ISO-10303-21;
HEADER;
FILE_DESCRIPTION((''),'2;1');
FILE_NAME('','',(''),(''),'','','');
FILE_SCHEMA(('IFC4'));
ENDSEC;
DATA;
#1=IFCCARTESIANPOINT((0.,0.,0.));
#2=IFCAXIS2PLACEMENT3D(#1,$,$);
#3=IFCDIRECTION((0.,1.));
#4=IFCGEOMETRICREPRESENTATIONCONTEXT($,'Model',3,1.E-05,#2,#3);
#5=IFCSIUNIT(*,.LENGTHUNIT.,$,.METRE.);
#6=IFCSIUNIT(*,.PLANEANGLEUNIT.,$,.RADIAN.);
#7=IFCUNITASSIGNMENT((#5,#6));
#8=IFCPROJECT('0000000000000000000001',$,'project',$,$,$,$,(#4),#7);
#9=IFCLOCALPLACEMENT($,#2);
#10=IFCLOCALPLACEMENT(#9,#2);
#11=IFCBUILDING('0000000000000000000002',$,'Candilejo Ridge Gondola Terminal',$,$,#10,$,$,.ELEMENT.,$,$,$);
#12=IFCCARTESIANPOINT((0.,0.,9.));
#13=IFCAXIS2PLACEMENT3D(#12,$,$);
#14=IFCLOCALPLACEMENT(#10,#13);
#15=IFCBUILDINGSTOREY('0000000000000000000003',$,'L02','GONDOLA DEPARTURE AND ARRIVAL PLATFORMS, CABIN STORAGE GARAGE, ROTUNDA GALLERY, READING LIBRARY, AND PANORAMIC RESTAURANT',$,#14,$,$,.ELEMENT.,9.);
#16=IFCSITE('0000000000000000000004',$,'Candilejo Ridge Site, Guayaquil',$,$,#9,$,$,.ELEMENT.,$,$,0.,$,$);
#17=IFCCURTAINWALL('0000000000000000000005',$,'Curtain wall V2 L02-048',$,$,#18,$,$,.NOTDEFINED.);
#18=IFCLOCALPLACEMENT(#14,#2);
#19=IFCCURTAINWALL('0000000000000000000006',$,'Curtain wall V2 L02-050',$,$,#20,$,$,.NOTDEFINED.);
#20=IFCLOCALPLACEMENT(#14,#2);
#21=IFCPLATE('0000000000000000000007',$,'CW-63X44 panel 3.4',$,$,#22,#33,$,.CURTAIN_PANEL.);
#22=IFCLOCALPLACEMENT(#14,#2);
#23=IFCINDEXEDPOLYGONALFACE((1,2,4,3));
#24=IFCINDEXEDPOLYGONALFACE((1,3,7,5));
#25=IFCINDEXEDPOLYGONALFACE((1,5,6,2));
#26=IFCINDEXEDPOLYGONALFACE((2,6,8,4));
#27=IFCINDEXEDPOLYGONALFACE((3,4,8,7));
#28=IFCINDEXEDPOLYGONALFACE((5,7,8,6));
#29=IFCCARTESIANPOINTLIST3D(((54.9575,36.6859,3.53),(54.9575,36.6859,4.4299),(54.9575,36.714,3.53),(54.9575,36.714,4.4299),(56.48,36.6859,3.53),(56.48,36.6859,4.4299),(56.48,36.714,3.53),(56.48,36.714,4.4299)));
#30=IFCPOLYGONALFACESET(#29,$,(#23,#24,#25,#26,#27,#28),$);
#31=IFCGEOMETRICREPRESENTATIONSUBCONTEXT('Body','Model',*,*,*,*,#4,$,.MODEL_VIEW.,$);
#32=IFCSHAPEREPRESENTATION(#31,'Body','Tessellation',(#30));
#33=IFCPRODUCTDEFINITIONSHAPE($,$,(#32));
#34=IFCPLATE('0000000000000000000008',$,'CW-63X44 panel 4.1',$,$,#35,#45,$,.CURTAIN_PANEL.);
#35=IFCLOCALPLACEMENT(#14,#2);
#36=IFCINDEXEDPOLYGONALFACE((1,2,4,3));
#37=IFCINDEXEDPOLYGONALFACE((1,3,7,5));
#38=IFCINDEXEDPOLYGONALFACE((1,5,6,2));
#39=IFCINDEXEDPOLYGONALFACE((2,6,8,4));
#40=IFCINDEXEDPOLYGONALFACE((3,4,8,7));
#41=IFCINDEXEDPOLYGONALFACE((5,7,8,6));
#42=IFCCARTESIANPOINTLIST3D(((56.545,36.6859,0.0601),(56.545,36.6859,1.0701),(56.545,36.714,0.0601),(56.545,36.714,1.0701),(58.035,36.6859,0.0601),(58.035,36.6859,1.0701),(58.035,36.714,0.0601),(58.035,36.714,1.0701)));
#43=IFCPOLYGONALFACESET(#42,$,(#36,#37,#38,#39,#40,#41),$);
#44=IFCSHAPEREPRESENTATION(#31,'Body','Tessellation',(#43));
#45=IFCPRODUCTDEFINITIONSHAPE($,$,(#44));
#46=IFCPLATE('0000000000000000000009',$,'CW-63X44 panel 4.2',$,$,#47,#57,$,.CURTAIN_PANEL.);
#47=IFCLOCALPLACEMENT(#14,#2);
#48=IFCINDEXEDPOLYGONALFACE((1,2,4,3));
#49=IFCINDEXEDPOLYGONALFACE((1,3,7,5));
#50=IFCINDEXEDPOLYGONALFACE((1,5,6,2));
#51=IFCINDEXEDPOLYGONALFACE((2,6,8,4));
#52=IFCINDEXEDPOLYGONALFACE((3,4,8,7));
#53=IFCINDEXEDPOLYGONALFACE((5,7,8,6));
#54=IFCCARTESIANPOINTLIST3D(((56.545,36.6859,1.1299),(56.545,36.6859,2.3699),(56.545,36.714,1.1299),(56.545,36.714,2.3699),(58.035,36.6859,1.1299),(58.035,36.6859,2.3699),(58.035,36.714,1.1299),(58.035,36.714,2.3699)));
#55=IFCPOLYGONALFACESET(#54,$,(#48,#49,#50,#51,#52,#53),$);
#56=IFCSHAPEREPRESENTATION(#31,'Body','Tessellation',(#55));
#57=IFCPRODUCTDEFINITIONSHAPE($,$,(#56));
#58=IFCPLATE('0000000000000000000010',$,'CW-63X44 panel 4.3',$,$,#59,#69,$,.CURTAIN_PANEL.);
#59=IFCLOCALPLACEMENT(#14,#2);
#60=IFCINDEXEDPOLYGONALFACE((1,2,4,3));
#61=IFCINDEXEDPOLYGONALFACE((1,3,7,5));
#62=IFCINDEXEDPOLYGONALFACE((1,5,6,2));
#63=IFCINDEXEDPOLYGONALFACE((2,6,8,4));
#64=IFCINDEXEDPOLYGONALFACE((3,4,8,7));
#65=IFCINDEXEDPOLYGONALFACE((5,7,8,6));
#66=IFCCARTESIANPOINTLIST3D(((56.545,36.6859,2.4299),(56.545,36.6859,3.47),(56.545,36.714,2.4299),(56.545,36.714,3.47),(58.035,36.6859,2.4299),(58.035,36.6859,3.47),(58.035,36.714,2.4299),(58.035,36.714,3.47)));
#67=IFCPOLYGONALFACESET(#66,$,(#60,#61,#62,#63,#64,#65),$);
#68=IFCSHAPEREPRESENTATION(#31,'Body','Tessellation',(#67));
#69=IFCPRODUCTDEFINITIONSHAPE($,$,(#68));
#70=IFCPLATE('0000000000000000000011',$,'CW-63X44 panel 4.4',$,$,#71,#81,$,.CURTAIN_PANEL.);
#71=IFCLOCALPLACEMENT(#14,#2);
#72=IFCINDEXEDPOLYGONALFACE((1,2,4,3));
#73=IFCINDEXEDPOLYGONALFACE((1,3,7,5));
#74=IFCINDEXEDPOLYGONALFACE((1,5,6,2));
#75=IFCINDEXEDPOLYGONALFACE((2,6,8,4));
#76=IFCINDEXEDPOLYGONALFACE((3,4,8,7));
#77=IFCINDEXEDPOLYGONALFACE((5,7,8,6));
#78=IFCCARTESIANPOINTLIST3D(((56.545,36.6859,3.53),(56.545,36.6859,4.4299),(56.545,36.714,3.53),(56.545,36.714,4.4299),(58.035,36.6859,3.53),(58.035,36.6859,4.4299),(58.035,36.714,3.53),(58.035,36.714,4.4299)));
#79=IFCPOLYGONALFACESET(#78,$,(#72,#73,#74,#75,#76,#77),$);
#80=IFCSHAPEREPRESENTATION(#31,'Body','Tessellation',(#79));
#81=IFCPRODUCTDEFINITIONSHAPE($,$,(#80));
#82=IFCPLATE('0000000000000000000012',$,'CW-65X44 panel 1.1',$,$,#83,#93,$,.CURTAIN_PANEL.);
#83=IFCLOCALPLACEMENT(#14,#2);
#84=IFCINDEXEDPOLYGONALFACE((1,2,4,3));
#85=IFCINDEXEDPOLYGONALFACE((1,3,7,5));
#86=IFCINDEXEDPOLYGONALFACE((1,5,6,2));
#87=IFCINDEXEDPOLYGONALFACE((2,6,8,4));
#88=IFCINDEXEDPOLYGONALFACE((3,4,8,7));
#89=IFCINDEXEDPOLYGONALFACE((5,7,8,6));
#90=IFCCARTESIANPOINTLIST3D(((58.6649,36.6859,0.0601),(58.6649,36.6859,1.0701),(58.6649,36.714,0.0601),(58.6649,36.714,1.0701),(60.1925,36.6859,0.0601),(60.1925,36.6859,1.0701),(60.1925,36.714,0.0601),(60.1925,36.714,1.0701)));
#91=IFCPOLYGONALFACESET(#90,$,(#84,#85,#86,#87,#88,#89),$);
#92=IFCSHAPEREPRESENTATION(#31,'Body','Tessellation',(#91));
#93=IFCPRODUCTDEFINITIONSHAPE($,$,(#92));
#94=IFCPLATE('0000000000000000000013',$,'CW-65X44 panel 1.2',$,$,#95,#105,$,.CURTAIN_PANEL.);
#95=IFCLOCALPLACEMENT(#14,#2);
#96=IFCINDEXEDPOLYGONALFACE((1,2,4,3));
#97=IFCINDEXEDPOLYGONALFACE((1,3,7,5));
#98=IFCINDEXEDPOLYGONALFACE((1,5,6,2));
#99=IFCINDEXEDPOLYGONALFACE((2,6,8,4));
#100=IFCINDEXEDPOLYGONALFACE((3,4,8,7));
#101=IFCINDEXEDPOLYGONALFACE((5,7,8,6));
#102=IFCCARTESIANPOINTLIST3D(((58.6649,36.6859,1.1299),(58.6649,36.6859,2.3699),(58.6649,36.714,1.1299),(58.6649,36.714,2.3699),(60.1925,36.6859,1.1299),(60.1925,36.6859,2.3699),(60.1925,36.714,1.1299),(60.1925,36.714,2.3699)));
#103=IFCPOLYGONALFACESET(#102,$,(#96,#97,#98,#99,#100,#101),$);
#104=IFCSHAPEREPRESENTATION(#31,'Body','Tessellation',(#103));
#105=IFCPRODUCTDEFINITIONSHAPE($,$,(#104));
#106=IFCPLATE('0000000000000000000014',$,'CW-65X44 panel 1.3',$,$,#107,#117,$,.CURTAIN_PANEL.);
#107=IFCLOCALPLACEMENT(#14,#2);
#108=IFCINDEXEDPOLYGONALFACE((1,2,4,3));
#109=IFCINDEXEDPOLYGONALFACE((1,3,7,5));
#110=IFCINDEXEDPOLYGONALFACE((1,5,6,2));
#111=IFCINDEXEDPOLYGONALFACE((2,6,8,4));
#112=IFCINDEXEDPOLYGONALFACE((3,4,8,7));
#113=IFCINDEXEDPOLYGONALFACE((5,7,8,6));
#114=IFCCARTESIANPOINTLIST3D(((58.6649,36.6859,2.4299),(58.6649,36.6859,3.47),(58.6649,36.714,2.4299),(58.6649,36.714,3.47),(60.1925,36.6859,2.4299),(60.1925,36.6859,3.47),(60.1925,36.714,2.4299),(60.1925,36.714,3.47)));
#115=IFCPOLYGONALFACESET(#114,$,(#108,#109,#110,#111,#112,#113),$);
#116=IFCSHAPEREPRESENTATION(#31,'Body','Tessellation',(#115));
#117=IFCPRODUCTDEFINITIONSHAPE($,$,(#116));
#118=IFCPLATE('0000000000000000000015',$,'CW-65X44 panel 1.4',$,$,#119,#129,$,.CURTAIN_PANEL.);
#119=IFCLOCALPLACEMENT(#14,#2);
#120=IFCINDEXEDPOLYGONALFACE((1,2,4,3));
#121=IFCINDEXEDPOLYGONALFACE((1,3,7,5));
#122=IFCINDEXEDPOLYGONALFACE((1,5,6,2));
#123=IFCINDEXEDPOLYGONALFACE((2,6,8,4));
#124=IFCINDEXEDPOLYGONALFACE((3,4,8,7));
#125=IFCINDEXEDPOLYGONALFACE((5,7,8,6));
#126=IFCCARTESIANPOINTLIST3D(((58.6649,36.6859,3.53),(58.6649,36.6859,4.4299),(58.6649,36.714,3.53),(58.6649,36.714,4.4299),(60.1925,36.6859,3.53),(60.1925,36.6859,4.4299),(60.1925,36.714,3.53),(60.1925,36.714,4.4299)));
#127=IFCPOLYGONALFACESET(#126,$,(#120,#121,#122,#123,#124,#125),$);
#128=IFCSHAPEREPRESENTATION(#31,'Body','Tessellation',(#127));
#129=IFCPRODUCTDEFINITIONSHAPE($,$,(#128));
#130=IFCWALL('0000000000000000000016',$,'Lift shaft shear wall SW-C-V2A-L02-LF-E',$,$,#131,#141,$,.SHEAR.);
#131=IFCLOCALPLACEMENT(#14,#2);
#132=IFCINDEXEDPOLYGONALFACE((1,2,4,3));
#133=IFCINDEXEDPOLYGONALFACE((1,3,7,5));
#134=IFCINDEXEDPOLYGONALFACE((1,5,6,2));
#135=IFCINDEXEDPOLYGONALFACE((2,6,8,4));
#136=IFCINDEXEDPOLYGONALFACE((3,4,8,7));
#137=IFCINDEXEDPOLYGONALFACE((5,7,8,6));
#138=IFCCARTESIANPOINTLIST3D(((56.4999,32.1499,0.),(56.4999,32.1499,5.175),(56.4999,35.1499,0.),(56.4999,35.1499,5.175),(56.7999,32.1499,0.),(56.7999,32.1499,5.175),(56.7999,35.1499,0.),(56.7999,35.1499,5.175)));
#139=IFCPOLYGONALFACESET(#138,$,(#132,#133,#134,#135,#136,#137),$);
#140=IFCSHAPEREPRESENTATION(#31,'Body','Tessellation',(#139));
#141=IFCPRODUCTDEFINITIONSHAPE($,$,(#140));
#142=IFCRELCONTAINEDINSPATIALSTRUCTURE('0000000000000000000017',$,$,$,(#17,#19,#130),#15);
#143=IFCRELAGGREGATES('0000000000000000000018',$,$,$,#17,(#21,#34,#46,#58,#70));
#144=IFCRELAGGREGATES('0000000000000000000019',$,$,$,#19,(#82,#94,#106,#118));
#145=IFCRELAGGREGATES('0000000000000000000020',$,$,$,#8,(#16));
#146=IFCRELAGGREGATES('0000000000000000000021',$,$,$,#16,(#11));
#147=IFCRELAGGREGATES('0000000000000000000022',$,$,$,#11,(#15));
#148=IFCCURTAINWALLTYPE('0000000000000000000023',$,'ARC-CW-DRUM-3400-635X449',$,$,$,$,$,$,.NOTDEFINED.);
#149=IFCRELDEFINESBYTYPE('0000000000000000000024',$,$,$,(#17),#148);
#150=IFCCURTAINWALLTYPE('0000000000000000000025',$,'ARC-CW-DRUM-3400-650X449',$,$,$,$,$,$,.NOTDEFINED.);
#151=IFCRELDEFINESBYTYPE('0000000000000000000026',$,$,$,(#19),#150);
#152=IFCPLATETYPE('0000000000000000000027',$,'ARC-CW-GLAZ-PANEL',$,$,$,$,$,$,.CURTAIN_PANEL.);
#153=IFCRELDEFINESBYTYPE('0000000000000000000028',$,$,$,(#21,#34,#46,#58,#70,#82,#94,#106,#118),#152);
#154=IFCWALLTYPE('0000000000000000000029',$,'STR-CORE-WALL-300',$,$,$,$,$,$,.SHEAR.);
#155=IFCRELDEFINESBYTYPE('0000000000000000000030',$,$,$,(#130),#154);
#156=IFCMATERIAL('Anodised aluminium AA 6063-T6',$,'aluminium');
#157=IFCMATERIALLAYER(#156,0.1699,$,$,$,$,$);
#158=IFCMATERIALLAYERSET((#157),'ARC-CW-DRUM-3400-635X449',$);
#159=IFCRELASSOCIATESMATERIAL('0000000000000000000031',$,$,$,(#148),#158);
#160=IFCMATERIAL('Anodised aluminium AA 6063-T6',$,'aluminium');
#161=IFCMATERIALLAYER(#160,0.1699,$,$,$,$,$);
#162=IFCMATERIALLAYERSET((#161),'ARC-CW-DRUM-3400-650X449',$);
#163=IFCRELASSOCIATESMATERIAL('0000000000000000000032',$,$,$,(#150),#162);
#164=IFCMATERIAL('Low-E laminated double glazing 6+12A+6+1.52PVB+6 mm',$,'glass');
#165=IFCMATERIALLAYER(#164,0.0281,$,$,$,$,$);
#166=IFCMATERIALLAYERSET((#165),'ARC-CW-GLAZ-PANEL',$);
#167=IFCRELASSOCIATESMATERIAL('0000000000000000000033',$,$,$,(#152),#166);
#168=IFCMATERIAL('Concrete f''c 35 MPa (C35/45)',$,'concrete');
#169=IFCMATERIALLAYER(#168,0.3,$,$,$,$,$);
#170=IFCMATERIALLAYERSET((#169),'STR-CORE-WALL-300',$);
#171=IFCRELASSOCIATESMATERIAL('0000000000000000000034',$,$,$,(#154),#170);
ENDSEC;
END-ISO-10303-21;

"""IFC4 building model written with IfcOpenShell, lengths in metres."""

from ifc_helpers import new_model, si_unit, direction, frame, frame_2d, origin, origin_2d, place, context, subcontext, project, spatial, rectangle, extrude, material, layer, layer_set, type_object, element, aggregate, save


model = new_model("IFC4")

# Units and contexts
model_context = context("Model", 3, precision=1e-05, world=origin(), true_north=direction((0.0, 1.0)))
body_context = subcontext(model_context, "Body", "Model", "MODEL_VIEW")
ifc_project = project(units=[si_unit("LENGTHUNIT", "METRE"), si_unit("PLANEANGLEUNIT", "RADIAN")], contexts=[model_context])

# Site, building, storey
site_placement = place(None, origin())
site = spatial("IfcSite", under=ifc_project, at=site_placement, Name="Candilejo Ridge Site, Guayaquil", CompositionType="ELEMENT", RefElevation=0.0)
building_placement = place(site_placement, origin())
building = spatial("IfcBuilding", under=site, at=building_placement, Name="Candilejo Ridge Gondola Terminal", CompositionType="ELEMENT")
storey_placement = place(building_placement, frame((0.0, 0.0, 9.0)))
storey = spatial("IfcBuildingStorey", under=building, at=storey_placement, Name="L02", Description="GONDOLA DEPARTURE AND ARRIVAL PLATFORMS, CABIN STORAGE GARAGE, ROTUNDA GALLERY, READING LIBRARY, AND PANORAMIC RESTAURANT", CompositionType="ELEMENT", Elevation=9.0)

# Curtain walls
ifc_material_1 = material(Name="Anodised aluminium AA 6063-T6", Category="aluminium")
ifc_layer_1 = layer(ifc_material_1, 0.1699)
ifc_layer_set_1 = layer_set([ifc_layer_1], Name="ARC-CW-DRUM-3400-635X449")
curtain_wall_type_1 = type_object("IfcCurtainWallType", Name="ARC-CW-DRUM-3400-635X449", PredefinedType="NOTDEFINED", material=ifc_layer_set_1)
curtain_wall_1_placement = place(storey_placement, origin())
curtain_wall_1 = element("IfcCurtainWall", 1, at=curtain_wall_1_placement, inside=storey, type_object=curtain_wall_type_1, Name="Curtain wall V2 L02-048", PredefinedType="NOTDEFINED")
ifc_material_2 = material(Name="Anodised aluminium AA 6063-T6", Category="aluminium")
ifc_layer_2 = layer(ifc_material_2, 0.1699)
ifc_layer_set_2 = layer_set([ifc_layer_2], Name="ARC-CW-DRUM-3400-650X449")
curtain_wall_type_2 = type_object("IfcCurtainWallType", Name="ARC-CW-DRUM-3400-650X449", PredefinedType="NOTDEFINED", material=ifc_layer_set_2)
curtain_wall_2_placement = place(storey_placement, origin())
curtain_wall_2 = element("IfcCurtainWall", 2, at=curtain_wall_2_placement, inside=storey, type_object=curtain_wall_type_2, Name="Curtain wall V2 L02-050", PredefinedType="NOTDEFINED")

# Plates
ifc_material_3 = material(Name="Low-E laminated double glazing 6+12A+6+1.52PVB+6 mm", Category="glass")
ifc_layer_3 = layer(ifc_material_3, 0.0281)
ifc_layer_set_3 = layer_set([ifc_layer_3], Name="ARC-CW-GLAZ-PANEL")
plate_type = type_object("IfcPlateType", Name="ARC-CW-GLAZ-PANEL", PredefinedType="CURTAIN_PANEL", material=ifc_layer_set_3)
plate_1_placement = place(storey_placement, frame((55.7188, 36.7, 3.53), z_axis=(0.0, 0.0, 1.0), x_axis=(1.0, 0.0, 0.0)))
plate_1 = element("IfcPlate", 3, at=plate_1_placement, type_object=plate_type, Name="CW-63X44 panel 3.4", PredefinedType="CURTAIN_PANEL", context=body_context, shape_type="SweptSolid", body=[
    extrude(rectangle(XDim=1.5225, YDim=0.0281, at=origin_2d()), origin(), (0.0, 0.0, 1.0), 0.8999),
])
plate_2_placement = place(storey_placement, frame((57.29, 36.7, 0.0601), z_axis=(0.0, 0.0, 1.0), x_axis=(1.0, 0.0, 0.0)))
plate_2 = element("IfcPlate", 4, at=plate_2_placement, type_object=plate_type, Name="CW-63X44 panel 4.1", PredefinedType="CURTAIN_PANEL", context=body_context, shape_type="SweptSolid", body=[
    extrude(rectangle(XDim=1.49, YDim=0.0281, at=origin_2d()), origin(), (0.0, 0.0, 1.0), 1.01),
])
plate_3_placement = place(storey_placement, frame((57.29, 36.7, 1.1299), z_axis=(0.0, 0.0, 1.0), x_axis=(1.0, 0.0, 0.0)))
plate_3 = element("IfcPlate", 5, at=plate_3_placement, type_object=plate_type, Name="CW-63X44 panel 4.2", PredefinedType="CURTAIN_PANEL", context=body_context, shape_type="SweptSolid", body=[
    extrude(rectangle(XDim=1.49, YDim=0.0281, at=origin_2d()), origin(), (0.0, 0.0, 1.0), 1.24),
])
plate_4_placement = place(storey_placement, frame((57.29, 36.7, 2.4299), z_axis=(0.0, 0.0, 1.0), x_axis=(1.0, 0.0, 0.0)))
plate_4 = element("IfcPlate", 6, at=plate_4_placement, type_object=plate_type, Name="CW-63X44 panel 4.3", PredefinedType="CURTAIN_PANEL", context=body_context, shape_type="SweptSolid", body=[
    extrude(rectangle(XDim=1.49, YDim=0.0281, at=origin_2d()), origin(), (0.0, 0.0, 1.0), 1.04),
])
plate_5_placement = place(storey_placement, frame((57.29, 36.7, 3.53), z_axis=(0.0, 0.0, 1.0), x_axis=(1.0, 0.0, 0.0)))
plate_5 = element("IfcPlate", 7, at=plate_5_placement, type_object=plate_type, Name="CW-63X44 panel 4.4", PredefinedType="CURTAIN_PANEL", context=body_context, shape_type="SweptSolid", body=[
    extrude(rectangle(XDim=1.49, YDim=0.0281, at=origin_2d()), origin(), (0.0, 0.0, 1.0), 0.8999),
])
aggregate(curtain_wall_1, [plate_1, plate_2, plate_3, plate_4, plate_5])
plate_6_placement = place(storey_placement, frame((59.4287, 36.7, 0.0601), z_axis=(0.0, 0.0, 1.0), x_axis=(1.0, 0.0, 0.0)))
plate_6 = element("IfcPlate", 8, at=plate_6_placement, type_object=plate_type, Name="CW-65X44 panel 1.1", PredefinedType="CURTAIN_PANEL", context=body_context, shape_type="SweptSolid", body=[
    extrude(rectangle(XDim=1.5276, YDim=0.0281, at=origin_2d()), origin(), (0.0, 0.0, 1.0), 1.01),
])
plate_7_placement = place(storey_placement, frame((59.4287, 36.7, 1.1299), z_axis=(0.0, 0.0, 1.0), x_axis=(1.0, 0.0, 0.0)))
plate_7 = element("IfcPlate", 9, at=plate_7_placement, type_object=plate_type, Name="CW-65X44 panel 1.2", PredefinedType="CURTAIN_PANEL", context=body_context, shape_type="SweptSolid", body=[
    extrude(rectangle(XDim=1.5276, YDim=0.0281, at=origin_2d()), origin(), (0.0, 0.0, 1.0), 1.24),
])
plate_8_placement = place(storey_placement, frame((59.4287, 36.7, 2.4299), z_axis=(0.0, 0.0, 1.0), x_axis=(1.0, 0.0, 0.0)))
plate_8 = element("IfcPlate", 10, at=plate_8_placement, type_object=plate_type, Name="CW-65X44 panel 1.3", PredefinedType="CURTAIN_PANEL", context=body_context, shape_type="SweptSolid", body=[
    extrude(rectangle(XDim=1.5276, YDim=0.0281, at=origin_2d()), origin(), (0.0, 0.0, 1.0), 1.04),
])
plate_9_placement = place(storey_placement, frame((59.4287, 36.7, 3.53), z_axis=(0.0, 0.0, 1.0), x_axis=(1.0, 0.0, 0.0)))
plate_9 = element("IfcPlate", 11, at=plate_9_placement, type_object=plate_type, Name="CW-65X44 panel 1.4", PredefinedType="CURTAIN_PANEL", context=body_context, shape_type="SweptSolid", body=[
    extrude(rectangle(XDim=1.5276, YDim=0.0281, at=origin_2d()), origin(), (0.0, 0.0, 1.0), 0.8999),
])
aggregate(curtain_wall_2, [plate_6, plate_7, plate_8, plate_9])

# Wall
ifc_material_4 = material(Name="Concrete f'c 35 MPa (C35/45)", Category="concrete")
ifc_layer_4 = layer(ifc_material_4, 0.3)
ifc_layer_set_4 = layer_set([ifc_layer_4], Name="STR-CORE-WALL-300")
wall_type = type_object("IfcWallType", Name="STR-CORE-WALL-300", PredefinedType="SHEAR", material=ifc_layer_set_4)
wall_placement = place(storey_placement, frame((56.6499, 32.1499, 0.0), z_axis=(0.0, 0.0, 1.0), x_axis=(0.0, 1.0, 0.0)))
element("IfcWall", 12, at=wall_placement, inside=storey, type_object=wall_type, Name="Lift shaft shear wall SW-C-V2A-L02-LF-E", PredefinedType="SHEAR", context=body_context, shape_type="SweptSolid", body=[
    extrude(rectangle(XDim=3.0, YDim=0.3, at=frame_2d((1.5, 0.0))), origin(), (0.0, 0.0, 1.0), 5.175),
])

save(model, "model.ifc")
